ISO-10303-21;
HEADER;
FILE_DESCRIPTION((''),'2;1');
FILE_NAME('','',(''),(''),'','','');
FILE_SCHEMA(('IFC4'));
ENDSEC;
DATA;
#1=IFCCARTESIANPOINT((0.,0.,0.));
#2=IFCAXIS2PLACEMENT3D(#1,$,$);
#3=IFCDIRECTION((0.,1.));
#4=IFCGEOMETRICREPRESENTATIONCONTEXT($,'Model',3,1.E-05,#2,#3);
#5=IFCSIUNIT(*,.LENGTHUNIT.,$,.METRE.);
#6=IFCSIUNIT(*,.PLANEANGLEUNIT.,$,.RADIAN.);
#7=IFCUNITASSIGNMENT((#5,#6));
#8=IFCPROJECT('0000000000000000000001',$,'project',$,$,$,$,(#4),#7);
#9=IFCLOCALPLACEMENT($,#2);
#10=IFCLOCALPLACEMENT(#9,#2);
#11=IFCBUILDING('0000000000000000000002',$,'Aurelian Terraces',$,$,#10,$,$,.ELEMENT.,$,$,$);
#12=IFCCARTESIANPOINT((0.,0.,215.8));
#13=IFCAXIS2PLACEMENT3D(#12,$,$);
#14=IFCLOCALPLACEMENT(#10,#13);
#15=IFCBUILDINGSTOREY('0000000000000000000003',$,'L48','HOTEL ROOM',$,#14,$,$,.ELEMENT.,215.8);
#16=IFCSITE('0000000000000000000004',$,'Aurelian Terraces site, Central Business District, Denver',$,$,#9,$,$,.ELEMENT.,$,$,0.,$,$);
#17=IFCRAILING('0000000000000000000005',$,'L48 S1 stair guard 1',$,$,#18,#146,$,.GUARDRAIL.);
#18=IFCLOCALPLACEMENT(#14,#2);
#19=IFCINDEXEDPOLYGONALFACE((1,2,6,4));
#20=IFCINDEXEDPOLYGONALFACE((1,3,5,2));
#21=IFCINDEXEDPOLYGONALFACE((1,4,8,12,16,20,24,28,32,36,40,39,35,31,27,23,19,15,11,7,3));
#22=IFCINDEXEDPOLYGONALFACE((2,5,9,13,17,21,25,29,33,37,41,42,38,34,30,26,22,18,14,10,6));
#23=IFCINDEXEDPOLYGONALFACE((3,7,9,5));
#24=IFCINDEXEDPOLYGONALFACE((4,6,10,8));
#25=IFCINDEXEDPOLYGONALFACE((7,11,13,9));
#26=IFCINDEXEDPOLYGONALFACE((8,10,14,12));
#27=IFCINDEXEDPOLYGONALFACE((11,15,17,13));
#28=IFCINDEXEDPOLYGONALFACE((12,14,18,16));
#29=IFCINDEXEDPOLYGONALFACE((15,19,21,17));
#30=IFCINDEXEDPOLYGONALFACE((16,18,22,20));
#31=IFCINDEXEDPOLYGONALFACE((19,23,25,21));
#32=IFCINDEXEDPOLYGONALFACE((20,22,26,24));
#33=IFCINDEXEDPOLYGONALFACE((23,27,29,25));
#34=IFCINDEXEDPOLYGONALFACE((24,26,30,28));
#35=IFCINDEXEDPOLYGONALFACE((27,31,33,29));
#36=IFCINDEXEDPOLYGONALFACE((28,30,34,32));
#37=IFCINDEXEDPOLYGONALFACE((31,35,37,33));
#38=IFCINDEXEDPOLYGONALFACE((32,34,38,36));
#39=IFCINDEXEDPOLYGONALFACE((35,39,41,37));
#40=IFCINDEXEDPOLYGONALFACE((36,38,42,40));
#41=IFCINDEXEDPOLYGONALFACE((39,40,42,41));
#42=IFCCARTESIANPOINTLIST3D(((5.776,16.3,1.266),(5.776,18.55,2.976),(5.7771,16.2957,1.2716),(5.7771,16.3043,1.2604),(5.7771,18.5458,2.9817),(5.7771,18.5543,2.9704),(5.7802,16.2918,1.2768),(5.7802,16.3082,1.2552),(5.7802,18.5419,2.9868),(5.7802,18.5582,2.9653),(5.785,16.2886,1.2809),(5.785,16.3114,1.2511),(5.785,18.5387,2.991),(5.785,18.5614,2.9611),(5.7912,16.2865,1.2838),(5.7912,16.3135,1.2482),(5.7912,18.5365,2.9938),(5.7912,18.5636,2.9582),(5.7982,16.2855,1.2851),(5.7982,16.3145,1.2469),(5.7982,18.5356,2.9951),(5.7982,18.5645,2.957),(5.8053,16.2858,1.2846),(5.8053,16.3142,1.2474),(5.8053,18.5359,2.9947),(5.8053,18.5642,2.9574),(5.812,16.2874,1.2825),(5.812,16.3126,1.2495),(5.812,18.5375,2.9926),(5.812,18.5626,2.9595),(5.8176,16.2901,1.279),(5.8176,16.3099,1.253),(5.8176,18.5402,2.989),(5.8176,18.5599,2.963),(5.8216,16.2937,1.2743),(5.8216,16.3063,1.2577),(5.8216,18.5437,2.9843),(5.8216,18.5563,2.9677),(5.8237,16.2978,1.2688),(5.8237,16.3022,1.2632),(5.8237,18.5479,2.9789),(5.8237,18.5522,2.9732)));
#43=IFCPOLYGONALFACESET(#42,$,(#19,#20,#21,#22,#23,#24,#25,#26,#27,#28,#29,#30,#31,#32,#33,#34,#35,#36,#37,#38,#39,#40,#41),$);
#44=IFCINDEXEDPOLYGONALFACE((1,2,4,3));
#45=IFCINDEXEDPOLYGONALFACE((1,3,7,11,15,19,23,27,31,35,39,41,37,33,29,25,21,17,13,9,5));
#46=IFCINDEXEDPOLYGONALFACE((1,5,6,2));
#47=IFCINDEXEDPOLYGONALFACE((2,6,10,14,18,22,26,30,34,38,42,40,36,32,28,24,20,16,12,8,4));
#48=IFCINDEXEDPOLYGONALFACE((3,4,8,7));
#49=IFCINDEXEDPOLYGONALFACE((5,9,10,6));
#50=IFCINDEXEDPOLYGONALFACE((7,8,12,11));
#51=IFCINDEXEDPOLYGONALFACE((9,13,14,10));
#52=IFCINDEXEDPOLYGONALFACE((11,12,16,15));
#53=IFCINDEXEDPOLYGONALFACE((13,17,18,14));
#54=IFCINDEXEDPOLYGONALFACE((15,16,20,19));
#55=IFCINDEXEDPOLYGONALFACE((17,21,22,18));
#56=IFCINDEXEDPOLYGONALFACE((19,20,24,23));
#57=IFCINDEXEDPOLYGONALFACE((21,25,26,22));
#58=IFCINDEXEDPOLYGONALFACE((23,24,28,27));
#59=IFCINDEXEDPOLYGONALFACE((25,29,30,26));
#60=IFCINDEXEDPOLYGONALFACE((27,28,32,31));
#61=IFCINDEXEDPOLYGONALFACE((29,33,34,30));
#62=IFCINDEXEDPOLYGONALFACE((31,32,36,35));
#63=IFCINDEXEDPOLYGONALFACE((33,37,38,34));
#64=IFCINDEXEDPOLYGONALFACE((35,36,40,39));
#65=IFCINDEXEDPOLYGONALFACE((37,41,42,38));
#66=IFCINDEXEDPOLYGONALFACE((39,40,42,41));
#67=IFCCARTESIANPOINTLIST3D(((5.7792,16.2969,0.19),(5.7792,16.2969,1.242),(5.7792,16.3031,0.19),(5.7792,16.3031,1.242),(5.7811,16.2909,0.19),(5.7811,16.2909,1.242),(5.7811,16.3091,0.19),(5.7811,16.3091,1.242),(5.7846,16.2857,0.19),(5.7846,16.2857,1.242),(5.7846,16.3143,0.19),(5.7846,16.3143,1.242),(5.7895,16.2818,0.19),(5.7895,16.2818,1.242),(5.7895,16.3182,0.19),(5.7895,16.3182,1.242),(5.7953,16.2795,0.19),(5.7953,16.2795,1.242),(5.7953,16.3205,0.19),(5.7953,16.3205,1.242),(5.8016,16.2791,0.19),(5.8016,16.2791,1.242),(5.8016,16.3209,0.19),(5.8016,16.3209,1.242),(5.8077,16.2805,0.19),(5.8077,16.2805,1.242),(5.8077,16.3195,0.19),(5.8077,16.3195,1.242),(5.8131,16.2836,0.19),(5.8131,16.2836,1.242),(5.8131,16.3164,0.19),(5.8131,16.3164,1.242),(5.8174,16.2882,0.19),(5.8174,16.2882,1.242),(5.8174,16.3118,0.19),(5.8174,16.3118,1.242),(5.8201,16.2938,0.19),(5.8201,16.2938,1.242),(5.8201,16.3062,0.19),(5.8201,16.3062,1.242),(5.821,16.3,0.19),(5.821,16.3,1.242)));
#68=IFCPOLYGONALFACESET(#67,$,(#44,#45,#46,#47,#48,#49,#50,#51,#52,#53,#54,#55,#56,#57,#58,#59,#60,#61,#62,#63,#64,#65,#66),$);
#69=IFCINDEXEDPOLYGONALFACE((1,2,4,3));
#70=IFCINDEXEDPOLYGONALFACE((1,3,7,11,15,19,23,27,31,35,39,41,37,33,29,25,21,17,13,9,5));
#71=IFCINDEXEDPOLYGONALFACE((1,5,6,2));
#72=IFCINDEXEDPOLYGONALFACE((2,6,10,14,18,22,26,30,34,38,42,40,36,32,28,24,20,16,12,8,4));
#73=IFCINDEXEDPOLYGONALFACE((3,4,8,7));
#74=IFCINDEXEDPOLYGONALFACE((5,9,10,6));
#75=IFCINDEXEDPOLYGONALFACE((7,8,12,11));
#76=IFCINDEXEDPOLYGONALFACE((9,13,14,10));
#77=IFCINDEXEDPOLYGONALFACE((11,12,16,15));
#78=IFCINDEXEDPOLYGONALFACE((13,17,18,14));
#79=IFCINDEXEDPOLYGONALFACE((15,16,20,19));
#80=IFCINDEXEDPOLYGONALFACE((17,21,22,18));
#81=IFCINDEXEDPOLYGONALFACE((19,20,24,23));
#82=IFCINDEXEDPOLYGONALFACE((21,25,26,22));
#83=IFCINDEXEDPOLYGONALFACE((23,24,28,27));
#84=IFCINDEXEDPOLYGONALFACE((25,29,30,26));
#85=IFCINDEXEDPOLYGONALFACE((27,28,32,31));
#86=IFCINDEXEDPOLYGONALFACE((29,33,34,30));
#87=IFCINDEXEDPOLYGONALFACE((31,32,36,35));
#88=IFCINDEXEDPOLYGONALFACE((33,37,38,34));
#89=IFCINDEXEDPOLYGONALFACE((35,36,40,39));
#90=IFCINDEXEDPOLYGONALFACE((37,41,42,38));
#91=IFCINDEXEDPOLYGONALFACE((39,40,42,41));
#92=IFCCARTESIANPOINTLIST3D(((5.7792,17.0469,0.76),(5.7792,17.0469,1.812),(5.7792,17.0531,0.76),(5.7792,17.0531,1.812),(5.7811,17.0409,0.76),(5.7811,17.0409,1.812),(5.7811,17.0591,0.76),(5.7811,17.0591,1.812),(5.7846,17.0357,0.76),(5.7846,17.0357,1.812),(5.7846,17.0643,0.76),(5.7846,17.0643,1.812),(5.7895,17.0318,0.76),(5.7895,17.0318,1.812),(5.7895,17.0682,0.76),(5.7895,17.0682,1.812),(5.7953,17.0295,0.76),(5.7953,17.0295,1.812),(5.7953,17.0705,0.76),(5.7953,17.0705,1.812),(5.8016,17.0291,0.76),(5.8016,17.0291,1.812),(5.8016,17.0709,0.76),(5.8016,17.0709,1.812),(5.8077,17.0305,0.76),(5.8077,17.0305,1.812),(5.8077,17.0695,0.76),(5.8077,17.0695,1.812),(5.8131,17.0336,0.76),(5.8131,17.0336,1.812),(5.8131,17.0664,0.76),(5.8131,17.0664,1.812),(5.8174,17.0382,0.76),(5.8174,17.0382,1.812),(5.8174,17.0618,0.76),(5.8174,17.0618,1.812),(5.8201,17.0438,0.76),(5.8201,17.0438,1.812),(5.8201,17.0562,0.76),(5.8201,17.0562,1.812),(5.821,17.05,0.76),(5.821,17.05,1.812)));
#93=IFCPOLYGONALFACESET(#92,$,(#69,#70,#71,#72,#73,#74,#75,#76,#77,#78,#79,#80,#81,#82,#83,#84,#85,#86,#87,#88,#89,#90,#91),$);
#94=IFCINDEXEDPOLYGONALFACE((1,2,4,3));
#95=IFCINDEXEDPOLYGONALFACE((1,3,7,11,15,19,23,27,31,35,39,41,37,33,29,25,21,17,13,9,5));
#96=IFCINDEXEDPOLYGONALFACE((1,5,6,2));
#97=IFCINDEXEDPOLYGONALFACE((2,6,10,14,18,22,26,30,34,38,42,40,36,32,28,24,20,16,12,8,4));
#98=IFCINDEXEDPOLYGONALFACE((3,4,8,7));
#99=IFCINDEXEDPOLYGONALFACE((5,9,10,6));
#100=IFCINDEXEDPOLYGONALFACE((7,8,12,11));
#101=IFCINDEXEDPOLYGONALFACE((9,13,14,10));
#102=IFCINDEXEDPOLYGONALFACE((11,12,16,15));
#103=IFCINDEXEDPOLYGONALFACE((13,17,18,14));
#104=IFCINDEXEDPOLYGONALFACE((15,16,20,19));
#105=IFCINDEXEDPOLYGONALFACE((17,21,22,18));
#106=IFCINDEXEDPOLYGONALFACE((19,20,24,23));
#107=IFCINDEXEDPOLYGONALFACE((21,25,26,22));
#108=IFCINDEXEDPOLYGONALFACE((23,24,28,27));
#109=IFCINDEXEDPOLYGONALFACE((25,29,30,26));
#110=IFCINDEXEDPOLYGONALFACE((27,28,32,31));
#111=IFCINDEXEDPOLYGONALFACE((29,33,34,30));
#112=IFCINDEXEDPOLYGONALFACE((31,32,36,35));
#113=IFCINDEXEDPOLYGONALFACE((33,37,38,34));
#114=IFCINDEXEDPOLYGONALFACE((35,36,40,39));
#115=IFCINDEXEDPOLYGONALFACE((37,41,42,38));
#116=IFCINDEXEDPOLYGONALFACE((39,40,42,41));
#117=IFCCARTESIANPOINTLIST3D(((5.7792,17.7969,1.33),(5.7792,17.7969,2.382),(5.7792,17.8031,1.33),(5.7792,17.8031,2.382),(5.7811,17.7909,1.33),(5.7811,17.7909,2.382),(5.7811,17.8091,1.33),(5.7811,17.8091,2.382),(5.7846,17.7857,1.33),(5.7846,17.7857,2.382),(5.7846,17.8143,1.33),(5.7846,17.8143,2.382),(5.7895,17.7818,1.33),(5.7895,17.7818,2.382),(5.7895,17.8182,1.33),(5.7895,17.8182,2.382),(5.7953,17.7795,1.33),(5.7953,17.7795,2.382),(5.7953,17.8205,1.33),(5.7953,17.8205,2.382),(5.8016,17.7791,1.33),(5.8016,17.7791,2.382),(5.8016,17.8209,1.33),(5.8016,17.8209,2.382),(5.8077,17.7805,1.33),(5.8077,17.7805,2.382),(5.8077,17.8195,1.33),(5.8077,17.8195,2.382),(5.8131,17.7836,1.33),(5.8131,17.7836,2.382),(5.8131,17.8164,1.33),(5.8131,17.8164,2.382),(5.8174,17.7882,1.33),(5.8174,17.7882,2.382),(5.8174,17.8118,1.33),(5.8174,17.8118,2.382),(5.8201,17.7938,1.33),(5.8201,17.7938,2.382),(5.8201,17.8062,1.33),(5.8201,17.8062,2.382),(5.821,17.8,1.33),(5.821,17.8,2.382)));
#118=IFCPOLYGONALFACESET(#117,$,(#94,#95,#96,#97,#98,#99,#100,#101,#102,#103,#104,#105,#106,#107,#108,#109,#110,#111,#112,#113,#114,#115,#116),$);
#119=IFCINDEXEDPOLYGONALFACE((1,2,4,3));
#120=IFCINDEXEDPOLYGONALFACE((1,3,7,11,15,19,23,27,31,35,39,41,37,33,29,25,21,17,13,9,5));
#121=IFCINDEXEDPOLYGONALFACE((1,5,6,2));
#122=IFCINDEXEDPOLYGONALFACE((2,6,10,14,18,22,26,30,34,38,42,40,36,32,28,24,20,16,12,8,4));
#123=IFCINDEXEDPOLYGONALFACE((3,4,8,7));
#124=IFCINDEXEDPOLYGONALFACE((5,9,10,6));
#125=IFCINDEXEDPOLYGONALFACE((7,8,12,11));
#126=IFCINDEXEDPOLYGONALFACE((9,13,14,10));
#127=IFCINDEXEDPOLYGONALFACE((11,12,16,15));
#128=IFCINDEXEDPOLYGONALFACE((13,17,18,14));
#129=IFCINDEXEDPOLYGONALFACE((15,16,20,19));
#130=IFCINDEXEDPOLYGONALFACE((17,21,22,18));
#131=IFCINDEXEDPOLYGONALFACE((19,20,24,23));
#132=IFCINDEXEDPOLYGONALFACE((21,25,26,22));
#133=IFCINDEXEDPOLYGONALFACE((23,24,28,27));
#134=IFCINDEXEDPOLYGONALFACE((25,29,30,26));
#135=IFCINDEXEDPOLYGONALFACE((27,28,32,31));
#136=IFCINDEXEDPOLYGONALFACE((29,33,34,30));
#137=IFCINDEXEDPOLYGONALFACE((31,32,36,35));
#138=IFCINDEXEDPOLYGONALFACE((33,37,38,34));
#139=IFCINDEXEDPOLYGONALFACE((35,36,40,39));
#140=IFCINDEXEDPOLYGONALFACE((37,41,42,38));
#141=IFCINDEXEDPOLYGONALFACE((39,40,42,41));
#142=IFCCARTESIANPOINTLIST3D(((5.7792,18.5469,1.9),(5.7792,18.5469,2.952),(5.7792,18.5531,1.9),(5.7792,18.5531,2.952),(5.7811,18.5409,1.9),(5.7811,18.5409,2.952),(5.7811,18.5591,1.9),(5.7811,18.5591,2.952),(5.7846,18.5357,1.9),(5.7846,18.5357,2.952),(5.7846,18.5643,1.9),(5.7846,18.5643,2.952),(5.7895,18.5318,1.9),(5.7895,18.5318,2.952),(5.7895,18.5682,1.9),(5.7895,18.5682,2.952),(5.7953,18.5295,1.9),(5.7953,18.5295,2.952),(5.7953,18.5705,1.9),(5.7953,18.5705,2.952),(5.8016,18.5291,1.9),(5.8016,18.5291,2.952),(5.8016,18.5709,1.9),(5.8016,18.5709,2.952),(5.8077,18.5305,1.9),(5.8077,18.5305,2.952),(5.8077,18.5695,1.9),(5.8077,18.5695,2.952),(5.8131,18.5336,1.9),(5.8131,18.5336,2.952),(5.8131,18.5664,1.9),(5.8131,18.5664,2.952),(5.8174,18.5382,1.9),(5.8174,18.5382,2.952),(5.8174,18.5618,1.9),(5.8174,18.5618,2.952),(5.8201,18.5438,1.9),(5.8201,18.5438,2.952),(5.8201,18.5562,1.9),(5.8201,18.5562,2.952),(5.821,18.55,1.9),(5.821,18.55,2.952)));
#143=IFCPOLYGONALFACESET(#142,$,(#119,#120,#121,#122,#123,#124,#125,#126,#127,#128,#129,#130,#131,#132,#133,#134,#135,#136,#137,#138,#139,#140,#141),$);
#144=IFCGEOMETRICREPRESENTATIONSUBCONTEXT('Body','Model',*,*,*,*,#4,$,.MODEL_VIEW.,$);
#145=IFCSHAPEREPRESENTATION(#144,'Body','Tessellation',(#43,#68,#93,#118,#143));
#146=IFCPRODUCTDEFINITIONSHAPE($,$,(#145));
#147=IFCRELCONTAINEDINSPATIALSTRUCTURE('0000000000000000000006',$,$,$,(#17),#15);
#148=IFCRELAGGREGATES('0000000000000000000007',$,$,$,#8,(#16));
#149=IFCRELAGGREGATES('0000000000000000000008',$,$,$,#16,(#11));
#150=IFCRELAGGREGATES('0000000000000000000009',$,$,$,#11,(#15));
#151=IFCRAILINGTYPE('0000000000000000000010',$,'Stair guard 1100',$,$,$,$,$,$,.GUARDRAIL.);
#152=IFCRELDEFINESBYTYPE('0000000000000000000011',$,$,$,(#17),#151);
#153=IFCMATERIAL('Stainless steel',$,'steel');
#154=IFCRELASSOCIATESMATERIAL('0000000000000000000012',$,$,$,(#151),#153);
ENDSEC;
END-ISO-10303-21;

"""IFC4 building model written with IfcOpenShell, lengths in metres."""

from ifc_helpers import new_model, si_unit, direction, frame, origin, origin_2d, place, context, subcontext, project, spatial, circle, extrude, source, transform, mapped, material, type_object, element, save


model = new_model("IFC4")

# Units and contexts
model_context = context("Model", 3, precision=1e-05, world=origin(), true_north=direction((0.0, 1.0)))
body_context = subcontext(model_context, "Body", "Model", "MODEL_VIEW")
ifc_project = project(units=[si_unit("LENGTHUNIT", "METRE"), si_unit("PLANEANGLEUNIT", "RADIAN")], contexts=[model_context])

# Site, building, storey
site_placement = place(None, origin())
site = spatial("IfcSite", under=ifc_project, at=site_placement, Name="Aurelian Terraces site, Central Business District, Denver", CompositionType="ELEMENT", RefElevation=0.0)
building_placement = place(site_placement, origin())
building = spatial("IfcBuilding", under=site, at=building_placement, Name="Aurelian Terraces", CompositionType="ELEMENT")
storey_placement = place(building_placement, frame((0.0, 0.0, 215.8)))
storey = spatial("IfcBuildingStorey", under=building, at=storey_placement, Name="L48", Description="HOTEL ROOM", CompositionType="ELEMENT", Elevation=215.8)

# Shared definitions
ifc_material_1 = material(Name="Stainless steel", Category="steel")

# Railing
railing_type_1 = type_object("IfcRailingType", Name="Stair guard 1100", PredefinedType="GUARDRAIL", material=ifc_material_1)
shared_shape_1 = source(origin(), body_context, "Body", "SweptSolid", [
    extrude(circle(Radius=0.024, at=origin_2d()), frame((0.0, 0.0, 1.076), z_axis=(0.0, 0.796162, 0.605083), x_axis=(-1.0, 0.0, 0.0)), (0.0, 0.0, 1.0), 2.8261),
    extrude(circle(Radius=0.021, at=origin_2d()), origin(), (0.0, 0.0, 1.0), 1.052),
    extrude(circle(Radius=0.021, at=origin_2d()), frame((0.0, 0.75, 0.57)), (0.0, 0.0, 1.0), 1.052),
    extrude(circle(Radius=0.021, at=origin_2d()), frame((0.0, 1.5, 1.14)), (0.0, 0.0, 1.0), 1.052),
    extrude(circle(Radius=0.021, at=origin_2d()), frame((0.0, 2.25, 1.71)), (0.0, 0.0, 1.0), 1.052),
])
railing_1_placement = place(storey_placement, frame((5.8, 16.3, 0.19)))
element("IfcRailing", 1, at=railing_1_placement, inside=storey, type_object=railing_type_1, Name="L48 S1 stair guard 1", PredefinedType="GUARDRAIL", context=body_context, shape_type="MappedRepresentation", body=[
    mapped(shared_shape_1, transform((0.0, 0.0, 0.0), scale=1.0)),
])

save(model, "model.ifc")
